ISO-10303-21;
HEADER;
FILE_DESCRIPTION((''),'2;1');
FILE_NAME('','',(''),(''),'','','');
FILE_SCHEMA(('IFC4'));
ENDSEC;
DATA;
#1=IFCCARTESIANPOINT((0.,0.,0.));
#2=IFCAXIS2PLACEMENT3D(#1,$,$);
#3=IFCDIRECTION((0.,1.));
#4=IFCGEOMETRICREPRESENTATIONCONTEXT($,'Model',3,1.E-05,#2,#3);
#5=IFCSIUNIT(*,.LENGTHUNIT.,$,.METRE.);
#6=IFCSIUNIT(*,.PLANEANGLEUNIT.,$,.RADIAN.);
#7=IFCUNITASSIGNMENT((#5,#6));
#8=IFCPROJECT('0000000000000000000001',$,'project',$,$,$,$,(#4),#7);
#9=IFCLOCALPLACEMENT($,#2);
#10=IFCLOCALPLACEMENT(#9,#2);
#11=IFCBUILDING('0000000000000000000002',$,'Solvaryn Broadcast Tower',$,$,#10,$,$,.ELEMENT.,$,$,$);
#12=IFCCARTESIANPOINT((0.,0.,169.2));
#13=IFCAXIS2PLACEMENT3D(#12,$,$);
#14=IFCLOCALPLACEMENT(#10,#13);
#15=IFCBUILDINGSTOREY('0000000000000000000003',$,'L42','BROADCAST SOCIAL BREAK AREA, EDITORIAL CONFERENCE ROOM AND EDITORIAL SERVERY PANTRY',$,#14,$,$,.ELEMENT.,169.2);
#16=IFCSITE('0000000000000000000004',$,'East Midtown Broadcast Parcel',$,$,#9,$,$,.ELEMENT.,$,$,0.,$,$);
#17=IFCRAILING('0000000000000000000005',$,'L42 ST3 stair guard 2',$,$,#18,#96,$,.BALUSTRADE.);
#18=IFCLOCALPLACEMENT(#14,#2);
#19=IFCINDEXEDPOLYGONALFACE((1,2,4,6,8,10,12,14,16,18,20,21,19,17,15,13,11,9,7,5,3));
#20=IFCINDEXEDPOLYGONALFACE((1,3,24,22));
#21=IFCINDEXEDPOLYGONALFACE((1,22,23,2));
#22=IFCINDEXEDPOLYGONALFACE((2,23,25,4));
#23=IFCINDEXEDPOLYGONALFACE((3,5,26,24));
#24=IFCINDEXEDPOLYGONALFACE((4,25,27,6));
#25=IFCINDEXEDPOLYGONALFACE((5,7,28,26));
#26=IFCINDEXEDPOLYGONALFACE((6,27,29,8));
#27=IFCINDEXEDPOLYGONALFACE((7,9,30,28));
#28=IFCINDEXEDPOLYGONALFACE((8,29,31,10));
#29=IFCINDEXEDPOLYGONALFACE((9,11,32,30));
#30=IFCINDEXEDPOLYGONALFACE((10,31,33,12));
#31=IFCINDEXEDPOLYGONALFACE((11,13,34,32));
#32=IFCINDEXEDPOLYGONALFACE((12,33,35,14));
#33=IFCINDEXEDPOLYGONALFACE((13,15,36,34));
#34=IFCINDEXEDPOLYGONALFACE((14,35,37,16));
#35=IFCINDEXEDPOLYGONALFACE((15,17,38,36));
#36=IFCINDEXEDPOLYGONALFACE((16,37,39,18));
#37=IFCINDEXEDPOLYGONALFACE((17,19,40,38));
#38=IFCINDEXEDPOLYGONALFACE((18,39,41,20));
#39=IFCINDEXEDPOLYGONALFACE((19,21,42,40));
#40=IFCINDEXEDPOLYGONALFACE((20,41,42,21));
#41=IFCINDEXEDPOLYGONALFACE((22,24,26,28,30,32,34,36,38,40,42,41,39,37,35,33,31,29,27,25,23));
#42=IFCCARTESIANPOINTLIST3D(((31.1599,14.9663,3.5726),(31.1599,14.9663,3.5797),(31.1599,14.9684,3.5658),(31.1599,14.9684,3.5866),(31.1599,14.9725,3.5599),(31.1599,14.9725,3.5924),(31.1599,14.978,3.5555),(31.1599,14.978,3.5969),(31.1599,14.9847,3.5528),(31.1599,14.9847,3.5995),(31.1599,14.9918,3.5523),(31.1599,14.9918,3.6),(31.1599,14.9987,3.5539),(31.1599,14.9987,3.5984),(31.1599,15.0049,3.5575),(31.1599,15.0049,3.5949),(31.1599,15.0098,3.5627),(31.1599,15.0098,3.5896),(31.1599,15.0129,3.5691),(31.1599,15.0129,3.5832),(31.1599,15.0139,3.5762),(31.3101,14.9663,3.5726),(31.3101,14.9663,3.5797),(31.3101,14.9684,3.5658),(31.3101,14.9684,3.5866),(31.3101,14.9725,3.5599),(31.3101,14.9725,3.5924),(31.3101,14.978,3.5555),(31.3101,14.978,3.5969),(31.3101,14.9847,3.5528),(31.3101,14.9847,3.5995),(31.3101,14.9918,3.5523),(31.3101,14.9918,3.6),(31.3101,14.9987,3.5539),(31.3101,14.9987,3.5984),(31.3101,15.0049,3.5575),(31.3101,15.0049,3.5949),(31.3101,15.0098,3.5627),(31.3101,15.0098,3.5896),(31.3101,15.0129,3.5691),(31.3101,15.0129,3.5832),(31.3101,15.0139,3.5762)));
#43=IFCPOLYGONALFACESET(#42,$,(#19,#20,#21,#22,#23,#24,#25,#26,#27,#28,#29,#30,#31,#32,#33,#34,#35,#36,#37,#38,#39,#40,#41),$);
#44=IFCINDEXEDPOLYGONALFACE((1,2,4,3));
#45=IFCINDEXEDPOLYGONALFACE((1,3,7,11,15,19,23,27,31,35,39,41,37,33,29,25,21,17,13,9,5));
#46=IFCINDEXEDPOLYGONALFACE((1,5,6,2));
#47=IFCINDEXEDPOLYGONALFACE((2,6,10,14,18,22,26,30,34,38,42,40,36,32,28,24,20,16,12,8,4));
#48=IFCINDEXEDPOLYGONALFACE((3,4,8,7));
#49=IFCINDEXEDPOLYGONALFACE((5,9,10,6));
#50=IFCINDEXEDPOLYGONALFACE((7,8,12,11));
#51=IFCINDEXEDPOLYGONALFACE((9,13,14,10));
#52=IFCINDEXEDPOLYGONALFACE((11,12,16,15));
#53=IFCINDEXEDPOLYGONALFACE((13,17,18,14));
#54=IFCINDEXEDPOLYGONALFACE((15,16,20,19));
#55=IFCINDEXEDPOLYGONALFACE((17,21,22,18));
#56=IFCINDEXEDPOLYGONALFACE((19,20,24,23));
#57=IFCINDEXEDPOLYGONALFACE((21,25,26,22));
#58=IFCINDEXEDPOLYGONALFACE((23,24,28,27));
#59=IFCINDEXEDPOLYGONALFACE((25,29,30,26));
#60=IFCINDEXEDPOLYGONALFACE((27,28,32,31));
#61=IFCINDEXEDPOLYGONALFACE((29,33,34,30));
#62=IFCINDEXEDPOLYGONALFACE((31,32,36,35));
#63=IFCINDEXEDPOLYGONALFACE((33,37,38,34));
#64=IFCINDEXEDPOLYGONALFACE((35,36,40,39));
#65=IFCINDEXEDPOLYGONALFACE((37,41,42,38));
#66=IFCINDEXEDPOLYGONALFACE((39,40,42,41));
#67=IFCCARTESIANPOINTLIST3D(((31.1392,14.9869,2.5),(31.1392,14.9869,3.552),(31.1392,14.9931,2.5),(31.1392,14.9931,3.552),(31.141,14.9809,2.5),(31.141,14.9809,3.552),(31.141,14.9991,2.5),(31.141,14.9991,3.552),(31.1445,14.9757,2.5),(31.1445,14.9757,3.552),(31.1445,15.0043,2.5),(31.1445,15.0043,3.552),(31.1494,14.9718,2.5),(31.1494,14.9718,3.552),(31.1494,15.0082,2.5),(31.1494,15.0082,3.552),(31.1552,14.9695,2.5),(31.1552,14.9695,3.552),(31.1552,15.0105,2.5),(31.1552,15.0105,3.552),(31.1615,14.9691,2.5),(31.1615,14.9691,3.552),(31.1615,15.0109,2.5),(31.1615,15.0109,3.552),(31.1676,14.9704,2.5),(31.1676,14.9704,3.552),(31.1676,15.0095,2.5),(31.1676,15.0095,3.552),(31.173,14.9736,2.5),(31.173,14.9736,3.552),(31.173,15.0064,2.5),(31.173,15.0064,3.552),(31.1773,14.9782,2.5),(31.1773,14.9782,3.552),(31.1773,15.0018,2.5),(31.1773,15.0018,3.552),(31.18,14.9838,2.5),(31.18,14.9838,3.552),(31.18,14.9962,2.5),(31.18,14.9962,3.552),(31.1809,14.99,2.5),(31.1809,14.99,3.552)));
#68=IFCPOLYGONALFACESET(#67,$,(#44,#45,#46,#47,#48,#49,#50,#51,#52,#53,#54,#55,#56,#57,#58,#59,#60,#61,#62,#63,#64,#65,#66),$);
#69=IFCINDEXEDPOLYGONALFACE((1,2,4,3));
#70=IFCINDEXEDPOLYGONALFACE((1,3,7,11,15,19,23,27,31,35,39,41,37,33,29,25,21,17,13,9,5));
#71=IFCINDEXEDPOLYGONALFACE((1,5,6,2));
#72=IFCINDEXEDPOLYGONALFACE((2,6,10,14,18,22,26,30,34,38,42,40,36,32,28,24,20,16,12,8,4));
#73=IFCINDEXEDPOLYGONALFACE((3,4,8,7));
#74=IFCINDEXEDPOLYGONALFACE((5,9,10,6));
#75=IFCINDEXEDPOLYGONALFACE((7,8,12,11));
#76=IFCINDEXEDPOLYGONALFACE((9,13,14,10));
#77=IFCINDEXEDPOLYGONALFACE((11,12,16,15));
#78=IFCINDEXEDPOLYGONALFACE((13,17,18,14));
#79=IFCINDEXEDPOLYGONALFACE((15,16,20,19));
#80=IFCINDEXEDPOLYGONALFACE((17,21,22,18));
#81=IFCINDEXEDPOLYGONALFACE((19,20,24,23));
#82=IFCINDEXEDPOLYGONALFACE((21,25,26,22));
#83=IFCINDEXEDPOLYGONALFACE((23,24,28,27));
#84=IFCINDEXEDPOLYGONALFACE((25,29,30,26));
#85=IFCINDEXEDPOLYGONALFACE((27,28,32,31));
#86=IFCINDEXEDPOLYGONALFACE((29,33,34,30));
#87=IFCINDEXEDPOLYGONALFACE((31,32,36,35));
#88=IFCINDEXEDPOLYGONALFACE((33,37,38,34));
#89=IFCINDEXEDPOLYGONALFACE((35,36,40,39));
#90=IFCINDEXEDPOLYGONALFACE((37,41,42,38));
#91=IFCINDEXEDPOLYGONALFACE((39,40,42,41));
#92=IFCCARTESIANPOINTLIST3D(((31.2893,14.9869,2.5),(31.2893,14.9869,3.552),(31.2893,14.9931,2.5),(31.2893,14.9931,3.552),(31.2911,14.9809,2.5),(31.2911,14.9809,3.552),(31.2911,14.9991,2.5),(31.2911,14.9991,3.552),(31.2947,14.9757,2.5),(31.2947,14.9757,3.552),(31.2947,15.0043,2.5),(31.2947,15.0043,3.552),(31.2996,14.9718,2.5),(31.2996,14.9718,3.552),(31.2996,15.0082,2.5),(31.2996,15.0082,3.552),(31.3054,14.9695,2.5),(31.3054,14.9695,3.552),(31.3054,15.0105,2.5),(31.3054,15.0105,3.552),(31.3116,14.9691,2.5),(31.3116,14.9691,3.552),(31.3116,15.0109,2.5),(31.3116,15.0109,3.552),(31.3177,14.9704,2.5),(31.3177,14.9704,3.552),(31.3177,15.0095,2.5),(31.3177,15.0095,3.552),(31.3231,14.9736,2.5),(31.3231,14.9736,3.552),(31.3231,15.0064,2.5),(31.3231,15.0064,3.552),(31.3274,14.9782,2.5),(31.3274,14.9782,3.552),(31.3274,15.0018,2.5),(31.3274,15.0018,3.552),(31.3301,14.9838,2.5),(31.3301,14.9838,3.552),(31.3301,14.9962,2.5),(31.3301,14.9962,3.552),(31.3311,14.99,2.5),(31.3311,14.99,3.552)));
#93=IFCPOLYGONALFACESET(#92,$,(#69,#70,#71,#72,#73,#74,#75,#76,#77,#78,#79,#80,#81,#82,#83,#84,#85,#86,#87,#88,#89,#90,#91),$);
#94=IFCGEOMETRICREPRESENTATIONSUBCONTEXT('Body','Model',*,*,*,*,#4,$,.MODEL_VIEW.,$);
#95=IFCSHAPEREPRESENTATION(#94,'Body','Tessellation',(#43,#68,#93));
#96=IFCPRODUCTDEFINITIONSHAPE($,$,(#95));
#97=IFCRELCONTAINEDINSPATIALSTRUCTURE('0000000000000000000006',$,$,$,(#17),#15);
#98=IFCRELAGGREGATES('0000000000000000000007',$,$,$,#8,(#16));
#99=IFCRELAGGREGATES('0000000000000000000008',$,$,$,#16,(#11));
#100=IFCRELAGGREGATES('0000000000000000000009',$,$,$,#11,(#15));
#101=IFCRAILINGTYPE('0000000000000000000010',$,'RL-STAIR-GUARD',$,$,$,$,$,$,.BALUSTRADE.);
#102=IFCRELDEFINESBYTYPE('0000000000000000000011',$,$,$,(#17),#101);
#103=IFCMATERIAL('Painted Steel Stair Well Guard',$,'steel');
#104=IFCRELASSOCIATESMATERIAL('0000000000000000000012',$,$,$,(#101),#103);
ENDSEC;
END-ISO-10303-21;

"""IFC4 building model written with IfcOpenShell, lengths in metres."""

from ifc_helpers import new_model, si_unit, direction, frame, origin, origin_2d, place, context, subcontext, project, spatial, circle, extrude, material, type_object, element, save


model = new_model("IFC4")

# Units and contexts
model_context = context("Model", 3, precision=1e-05, world=origin(), true_north=direction((0.0, 1.0)))
body_context = subcontext(model_context, "Body", "Model", "MODEL_VIEW")
ifc_project = project(units=[si_unit("LENGTHUNIT", "METRE"), si_unit("PLANEANGLEUNIT", "RADIAN")], contexts=[model_context])

# Site, building, storey
site_placement = place(None, origin())
site = spatial("IfcSite", under=ifc_project, at=site_placement, Name="East Midtown Broadcast Parcel", CompositionType="ELEMENT", RefElevation=0.0)
building_placement = place(site_placement, origin())
building = spatial("IfcBuilding", under=site, at=building_placement, Name="Solvaryn Broadcast Tower", CompositionType="ELEMENT")
storey_placement = place(building_placement, frame((0.0, 0.0, 169.2)))
storey = spatial("IfcBuildingStorey", under=building, at=storey_placement, Name="L42", Description="BROADCAST SOCIAL BREAK AREA, EDITORIAL CONFERENCE ROOM AND EDITORIAL SERVERY PANTRY", CompositionType="ELEMENT", Elevation=169.2)

# Railing
ifc_material_1 = material(Name="Painted Steel Stair Well Guard", Category="steel")
railing_type_1 = type_object("IfcRailingType", Name="RL-STAIR-GUARD", PredefinedType="BALUSTRADE", material=ifc_material_1)
railing_1_placement = place(storey_placement, frame((31.1599, 14.99, 2.5)))
element("IfcRailing", 1, at=railing_1_placement, inside=storey, type_object=railing_type_1, Name="L42 ST3 stair guard 2", PredefinedType="BALUSTRADE", context=body_context, shape_type="SweptSolid", body=[
    extrude(circle(Radius=0.0239, at=origin_2d()), frame((0.0, 0.0, 1.0762), z_axis=(1.0, 0.0, 0.0), x_axis=(0.0, 1.0, 0.0)), (0.0, 0.0, 1.0), 0.1501),
    extrude(circle(Radius=0.021, at=origin_2d()), origin(), (0.0, 0.0, 1.0), 1.052),
    extrude(circle(Radius=0.021, at=origin_2d()), frame((0.1501, 0.0, 0.0)), (0.0, 0.0, 1.0), 1.052),
])

save(model, "model.ifc")
